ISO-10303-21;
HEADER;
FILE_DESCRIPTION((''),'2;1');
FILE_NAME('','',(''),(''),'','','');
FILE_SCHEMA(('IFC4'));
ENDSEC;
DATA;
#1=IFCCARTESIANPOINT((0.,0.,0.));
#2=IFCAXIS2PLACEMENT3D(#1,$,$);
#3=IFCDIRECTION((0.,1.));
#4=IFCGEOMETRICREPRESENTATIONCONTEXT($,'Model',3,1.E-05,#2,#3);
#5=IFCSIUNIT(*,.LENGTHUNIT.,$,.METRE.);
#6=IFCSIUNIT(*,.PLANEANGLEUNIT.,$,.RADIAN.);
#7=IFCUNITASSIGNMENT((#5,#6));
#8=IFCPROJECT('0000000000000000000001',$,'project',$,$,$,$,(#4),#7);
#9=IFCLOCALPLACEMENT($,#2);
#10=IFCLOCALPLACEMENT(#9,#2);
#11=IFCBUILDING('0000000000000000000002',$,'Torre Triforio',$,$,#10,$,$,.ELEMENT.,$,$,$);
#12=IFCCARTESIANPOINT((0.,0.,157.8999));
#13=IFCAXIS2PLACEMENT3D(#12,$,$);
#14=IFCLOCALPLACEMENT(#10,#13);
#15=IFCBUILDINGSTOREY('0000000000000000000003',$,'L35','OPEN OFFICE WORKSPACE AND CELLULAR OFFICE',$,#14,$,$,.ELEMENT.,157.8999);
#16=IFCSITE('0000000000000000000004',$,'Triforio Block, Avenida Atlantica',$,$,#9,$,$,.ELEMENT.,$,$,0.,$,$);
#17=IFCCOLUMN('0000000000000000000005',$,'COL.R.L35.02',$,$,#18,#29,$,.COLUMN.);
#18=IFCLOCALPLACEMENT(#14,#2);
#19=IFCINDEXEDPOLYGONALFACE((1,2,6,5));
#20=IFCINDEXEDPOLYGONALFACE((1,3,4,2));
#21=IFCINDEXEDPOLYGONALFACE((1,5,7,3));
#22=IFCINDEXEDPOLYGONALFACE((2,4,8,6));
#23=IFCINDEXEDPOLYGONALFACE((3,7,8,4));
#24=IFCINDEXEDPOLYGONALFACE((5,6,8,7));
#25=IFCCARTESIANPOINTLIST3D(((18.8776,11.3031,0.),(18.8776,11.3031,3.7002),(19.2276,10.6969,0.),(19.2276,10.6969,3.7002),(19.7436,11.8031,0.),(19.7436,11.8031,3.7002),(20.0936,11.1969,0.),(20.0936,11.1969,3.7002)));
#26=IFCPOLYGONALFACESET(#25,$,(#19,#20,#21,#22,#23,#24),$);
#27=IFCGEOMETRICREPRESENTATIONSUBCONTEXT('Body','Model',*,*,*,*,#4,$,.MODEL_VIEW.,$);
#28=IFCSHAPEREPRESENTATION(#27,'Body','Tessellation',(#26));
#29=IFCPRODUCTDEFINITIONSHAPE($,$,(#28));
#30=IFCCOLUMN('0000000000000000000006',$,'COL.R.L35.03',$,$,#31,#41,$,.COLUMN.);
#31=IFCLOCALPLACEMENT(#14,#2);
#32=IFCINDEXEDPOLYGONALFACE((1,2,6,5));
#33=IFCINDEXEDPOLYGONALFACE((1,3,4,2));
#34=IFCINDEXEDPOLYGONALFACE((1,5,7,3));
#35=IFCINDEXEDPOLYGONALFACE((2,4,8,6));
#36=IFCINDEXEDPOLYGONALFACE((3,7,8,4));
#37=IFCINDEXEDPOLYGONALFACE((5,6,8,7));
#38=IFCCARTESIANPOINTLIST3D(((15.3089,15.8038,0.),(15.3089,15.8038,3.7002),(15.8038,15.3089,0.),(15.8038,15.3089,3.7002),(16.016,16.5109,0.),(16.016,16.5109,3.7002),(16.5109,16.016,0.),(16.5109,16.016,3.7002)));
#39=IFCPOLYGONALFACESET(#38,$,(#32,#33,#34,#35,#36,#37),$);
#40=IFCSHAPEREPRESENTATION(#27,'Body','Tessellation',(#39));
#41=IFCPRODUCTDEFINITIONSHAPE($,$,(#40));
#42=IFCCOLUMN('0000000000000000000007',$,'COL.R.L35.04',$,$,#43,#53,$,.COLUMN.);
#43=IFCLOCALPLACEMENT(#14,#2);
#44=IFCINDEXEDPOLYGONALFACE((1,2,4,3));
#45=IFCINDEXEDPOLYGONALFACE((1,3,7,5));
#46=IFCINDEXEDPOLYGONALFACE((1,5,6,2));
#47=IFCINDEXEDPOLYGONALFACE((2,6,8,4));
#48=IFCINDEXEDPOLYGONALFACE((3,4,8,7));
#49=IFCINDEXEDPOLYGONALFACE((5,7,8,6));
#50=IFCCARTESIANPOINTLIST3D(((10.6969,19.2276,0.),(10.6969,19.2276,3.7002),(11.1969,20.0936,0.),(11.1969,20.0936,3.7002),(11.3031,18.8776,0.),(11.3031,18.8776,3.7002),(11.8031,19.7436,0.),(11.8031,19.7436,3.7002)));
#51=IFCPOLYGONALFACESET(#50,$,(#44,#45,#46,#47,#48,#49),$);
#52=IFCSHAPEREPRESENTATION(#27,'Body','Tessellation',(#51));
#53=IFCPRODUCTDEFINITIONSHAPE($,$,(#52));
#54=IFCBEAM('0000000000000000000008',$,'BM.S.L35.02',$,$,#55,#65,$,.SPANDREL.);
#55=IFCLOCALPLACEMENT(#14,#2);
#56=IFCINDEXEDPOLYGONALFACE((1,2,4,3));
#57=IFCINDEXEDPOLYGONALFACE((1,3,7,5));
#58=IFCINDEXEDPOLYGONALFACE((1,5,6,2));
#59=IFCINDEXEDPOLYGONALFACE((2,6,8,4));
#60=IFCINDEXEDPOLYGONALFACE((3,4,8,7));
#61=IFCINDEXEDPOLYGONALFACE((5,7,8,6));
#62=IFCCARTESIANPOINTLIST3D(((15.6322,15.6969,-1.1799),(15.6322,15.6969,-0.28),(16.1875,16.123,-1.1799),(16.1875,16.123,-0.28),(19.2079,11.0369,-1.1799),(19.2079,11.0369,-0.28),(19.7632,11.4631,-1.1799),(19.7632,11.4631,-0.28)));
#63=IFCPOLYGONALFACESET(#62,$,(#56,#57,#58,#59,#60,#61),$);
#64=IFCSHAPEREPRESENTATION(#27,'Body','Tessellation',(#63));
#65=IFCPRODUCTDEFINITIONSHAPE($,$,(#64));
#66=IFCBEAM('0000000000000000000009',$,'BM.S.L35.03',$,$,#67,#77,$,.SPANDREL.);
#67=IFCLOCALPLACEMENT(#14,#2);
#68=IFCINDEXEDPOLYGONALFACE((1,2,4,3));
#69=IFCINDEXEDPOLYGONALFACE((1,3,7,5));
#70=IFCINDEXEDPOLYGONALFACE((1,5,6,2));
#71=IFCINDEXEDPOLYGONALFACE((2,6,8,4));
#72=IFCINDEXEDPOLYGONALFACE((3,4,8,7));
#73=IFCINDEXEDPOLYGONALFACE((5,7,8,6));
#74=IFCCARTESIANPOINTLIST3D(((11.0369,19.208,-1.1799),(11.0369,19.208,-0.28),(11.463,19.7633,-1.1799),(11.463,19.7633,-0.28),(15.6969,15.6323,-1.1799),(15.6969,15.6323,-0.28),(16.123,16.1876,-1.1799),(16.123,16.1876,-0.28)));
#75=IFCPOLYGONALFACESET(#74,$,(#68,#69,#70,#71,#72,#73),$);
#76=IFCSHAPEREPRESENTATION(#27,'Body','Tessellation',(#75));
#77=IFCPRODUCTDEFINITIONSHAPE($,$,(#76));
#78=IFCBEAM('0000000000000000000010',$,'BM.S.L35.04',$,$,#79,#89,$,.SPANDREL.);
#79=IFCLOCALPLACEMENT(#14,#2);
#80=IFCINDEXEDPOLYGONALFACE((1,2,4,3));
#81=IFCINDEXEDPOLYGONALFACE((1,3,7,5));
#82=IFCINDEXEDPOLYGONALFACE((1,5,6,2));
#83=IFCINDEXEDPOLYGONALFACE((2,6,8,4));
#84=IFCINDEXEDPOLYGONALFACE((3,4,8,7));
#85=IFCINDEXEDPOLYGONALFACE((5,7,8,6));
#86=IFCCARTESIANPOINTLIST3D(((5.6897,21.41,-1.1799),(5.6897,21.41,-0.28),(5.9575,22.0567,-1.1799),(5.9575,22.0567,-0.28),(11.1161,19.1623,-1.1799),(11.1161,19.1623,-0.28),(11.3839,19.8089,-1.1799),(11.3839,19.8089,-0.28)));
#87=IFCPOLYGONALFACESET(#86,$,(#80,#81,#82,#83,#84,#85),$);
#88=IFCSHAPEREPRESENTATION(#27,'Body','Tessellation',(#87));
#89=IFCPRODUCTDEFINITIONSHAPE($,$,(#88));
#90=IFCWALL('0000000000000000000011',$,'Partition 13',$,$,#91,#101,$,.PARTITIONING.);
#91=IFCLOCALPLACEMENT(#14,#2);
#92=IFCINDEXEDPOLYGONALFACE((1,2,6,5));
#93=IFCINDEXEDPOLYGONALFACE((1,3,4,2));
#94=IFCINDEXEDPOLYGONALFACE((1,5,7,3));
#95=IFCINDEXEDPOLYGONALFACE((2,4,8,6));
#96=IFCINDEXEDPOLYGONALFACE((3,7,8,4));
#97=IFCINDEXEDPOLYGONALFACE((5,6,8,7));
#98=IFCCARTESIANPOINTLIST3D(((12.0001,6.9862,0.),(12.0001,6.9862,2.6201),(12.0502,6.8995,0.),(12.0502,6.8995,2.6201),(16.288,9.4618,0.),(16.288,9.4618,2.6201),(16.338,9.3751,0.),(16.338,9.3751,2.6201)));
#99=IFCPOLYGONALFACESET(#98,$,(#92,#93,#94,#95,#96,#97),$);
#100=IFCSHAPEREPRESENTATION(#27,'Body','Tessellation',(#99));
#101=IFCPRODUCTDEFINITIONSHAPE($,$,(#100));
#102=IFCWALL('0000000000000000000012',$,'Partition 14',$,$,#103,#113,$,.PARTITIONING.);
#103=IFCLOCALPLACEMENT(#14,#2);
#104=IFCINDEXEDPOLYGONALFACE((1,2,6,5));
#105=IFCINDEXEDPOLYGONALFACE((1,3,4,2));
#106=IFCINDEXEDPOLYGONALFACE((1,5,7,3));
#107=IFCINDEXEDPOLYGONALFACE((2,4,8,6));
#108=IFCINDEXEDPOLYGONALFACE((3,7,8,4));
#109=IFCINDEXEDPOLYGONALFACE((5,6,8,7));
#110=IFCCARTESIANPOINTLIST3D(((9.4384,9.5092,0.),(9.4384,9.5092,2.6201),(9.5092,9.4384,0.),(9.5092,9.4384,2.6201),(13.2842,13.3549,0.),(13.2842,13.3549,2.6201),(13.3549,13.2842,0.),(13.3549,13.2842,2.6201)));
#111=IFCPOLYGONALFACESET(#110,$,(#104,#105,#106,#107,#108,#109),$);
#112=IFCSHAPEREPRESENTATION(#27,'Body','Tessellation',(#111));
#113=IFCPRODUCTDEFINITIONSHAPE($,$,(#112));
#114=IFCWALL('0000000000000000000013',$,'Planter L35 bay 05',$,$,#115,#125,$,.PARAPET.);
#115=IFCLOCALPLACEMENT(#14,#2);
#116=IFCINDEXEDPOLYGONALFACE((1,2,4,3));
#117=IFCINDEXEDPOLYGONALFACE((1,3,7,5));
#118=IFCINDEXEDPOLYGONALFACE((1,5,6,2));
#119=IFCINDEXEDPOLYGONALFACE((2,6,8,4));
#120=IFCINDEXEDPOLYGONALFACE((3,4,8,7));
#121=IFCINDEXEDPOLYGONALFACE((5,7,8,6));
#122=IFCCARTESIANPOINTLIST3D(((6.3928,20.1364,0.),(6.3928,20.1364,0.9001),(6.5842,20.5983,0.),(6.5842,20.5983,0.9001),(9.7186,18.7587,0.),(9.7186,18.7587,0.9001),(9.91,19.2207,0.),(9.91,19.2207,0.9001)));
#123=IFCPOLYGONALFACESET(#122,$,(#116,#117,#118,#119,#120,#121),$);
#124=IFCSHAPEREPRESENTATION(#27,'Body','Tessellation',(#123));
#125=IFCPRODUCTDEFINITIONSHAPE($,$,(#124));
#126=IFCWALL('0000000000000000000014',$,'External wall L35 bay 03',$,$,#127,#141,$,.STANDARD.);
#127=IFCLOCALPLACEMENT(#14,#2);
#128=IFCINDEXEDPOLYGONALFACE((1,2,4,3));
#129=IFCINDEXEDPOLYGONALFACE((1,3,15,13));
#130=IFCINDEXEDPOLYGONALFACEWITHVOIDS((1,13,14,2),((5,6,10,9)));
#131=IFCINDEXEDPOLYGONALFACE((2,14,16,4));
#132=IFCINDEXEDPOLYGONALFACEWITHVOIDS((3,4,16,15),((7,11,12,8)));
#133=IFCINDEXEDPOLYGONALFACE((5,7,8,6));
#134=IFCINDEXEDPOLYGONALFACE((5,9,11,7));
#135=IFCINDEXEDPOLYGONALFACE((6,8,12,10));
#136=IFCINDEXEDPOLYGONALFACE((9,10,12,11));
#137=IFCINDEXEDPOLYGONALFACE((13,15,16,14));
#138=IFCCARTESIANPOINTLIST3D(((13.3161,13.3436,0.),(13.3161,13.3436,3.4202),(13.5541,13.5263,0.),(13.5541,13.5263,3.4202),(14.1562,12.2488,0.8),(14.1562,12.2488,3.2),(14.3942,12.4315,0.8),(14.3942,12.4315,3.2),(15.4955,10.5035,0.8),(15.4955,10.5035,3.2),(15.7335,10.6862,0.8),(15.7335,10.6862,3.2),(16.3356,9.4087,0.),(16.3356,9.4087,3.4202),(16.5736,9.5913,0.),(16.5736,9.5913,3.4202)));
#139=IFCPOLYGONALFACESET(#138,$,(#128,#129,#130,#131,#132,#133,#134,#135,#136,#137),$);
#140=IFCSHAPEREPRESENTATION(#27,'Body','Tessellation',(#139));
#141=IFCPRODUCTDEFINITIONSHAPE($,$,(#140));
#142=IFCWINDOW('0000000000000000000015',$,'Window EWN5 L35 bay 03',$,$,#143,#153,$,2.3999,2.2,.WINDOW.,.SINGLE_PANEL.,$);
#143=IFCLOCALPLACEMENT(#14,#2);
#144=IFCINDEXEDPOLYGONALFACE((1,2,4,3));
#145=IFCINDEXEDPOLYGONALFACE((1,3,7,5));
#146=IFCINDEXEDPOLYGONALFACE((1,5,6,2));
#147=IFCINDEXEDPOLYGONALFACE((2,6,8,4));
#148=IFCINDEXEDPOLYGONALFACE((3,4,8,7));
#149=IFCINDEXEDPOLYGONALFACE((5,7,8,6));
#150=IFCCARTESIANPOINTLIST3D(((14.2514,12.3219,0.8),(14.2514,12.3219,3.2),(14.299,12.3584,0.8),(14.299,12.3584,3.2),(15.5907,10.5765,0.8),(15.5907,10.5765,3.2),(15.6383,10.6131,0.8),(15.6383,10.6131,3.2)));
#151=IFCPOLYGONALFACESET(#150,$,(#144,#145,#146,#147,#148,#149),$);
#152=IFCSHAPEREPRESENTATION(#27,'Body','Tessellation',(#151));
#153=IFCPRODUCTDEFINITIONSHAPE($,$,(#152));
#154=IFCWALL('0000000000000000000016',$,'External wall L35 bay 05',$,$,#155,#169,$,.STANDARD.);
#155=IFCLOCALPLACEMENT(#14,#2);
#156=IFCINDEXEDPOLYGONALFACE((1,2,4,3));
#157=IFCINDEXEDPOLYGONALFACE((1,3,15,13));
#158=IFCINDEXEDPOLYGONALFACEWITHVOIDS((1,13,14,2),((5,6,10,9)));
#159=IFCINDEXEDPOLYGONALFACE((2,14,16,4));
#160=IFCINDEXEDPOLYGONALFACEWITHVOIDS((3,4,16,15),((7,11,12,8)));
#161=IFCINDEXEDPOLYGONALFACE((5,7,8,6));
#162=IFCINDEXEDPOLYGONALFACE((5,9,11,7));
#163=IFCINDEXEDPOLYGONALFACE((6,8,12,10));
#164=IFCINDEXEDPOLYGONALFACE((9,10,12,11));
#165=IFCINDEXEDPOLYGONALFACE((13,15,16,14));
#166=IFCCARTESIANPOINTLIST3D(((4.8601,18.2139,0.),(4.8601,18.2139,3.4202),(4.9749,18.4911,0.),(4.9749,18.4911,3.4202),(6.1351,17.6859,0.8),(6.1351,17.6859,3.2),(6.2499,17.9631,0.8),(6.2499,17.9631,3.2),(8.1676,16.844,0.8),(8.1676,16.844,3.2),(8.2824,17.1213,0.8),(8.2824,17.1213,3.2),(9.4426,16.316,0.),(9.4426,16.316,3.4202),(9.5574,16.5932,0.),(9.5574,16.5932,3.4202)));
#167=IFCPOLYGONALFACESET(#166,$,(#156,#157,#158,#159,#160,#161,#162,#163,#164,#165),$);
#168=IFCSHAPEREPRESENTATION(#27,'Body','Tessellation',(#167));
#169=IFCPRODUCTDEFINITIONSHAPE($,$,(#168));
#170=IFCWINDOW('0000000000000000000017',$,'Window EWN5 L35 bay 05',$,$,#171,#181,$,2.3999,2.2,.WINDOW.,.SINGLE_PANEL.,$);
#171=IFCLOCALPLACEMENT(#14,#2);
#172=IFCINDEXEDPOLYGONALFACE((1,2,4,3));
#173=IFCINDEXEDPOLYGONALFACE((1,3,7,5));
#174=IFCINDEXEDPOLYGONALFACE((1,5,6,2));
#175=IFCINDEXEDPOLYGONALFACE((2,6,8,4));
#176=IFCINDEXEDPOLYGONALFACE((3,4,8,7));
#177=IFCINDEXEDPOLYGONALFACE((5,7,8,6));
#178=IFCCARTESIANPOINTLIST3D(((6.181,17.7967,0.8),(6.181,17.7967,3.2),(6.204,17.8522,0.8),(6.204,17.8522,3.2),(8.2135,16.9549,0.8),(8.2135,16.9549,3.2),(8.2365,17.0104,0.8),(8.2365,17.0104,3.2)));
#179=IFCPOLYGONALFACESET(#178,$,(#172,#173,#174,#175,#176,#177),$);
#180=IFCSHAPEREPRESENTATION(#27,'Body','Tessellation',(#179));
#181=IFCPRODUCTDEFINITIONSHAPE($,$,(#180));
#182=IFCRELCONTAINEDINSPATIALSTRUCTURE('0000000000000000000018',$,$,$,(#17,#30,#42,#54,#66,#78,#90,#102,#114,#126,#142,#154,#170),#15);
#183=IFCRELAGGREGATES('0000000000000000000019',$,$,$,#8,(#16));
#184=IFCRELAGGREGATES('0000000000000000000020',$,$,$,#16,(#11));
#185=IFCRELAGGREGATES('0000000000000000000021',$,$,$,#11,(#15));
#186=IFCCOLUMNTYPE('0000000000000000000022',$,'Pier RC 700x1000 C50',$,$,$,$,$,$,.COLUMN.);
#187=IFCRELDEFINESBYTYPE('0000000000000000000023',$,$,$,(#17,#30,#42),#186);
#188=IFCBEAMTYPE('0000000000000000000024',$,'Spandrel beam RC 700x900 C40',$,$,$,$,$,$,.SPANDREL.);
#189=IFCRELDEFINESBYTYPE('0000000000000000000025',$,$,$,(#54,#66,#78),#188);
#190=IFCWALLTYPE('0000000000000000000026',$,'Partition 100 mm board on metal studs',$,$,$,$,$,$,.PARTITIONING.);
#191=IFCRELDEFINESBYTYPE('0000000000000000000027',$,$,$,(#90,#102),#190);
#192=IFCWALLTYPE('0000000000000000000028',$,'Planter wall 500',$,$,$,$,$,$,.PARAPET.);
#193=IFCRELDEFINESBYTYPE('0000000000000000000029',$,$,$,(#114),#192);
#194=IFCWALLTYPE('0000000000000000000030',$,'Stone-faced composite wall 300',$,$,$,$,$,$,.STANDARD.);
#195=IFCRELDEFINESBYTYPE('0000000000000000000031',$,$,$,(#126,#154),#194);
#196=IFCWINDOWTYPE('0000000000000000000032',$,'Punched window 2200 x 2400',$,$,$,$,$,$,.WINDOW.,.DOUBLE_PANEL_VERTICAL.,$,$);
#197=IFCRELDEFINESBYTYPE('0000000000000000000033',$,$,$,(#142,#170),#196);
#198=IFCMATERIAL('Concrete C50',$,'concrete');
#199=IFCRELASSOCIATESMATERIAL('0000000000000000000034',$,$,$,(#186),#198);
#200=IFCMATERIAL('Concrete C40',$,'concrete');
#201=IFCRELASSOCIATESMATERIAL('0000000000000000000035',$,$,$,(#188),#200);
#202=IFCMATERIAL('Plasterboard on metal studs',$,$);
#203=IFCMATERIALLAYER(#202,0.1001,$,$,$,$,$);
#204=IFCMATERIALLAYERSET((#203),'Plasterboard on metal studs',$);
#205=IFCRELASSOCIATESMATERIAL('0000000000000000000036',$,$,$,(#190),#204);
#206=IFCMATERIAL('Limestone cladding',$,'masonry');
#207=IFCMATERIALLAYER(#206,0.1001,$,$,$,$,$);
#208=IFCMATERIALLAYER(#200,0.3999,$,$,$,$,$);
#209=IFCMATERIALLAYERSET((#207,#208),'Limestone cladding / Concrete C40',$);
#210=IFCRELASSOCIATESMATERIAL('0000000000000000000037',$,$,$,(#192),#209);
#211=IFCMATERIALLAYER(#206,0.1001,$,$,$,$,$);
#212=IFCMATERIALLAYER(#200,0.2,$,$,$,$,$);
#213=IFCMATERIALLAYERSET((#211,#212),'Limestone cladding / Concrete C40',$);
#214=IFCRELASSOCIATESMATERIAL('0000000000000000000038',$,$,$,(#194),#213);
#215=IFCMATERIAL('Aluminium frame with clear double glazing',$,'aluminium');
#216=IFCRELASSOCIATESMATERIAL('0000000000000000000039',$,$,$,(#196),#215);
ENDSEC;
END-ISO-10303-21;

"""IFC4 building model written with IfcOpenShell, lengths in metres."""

from ifc_helpers import new_model, si_unit, direction, frame, frame_2d, origin, origin_2d, place, context, subcontext, project, spatial, rectangle, extrude, material, layer, layer_set, material_profile, profile_set, type_object, element, fill, save


model = new_model("IFC4")

# Units and contexts
model_context = context("Model", 3, precision=1e-05, world=origin(), true_north=direction((0.0, 1.0)))
body_context = subcontext(model_context, "Body", "Model", "MODEL_VIEW")
ifc_project = project(units=[si_unit("LENGTHUNIT", "METRE"), si_unit("PLANEANGLEUNIT", "RADIAN")], contexts=[model_context])

# Site, building, storey
site_placement = place(None, origin())
site = spatial("IfcSite", under=ifc_project, at=site_placement, Name="Triforio Block, Avenida Atlantica", CompositionType="ELEMENT", RefElevation=0.0)
building_placement = place(site_placement, origin())
building = spatial("IfcBuilding", under=site, at=building_placement, Name="Torre Triforio", CompositionType="ELEMENT")
storey_placement = place(building_placement, frame((0.0, 0.0, 157.8999)))
storey = spatial("IfcBuildingStorey", under=building, at=storey_placement, Name="L35", Description="OPEN OFFICE WORKSPACE AND CELLULAR OFFICE", CompositionType="ELEMENT", Elevation=157.8999)

# Columns
ifc_material_1 = material(Name="Concrete C50", Category="concrete")
ifc_material_profile_1 = material_profile(ifc_material_1, rectangle(XDim=0.7, YDim=1.0, at=origin_2d()), Name="RC 700x1000")
ifc_profile_set_1 = profile_set([ifc_material_profile_1], Name="Concrete C50")
column_type = type_object("IfcColumnType", Name="Pier RC 700x1000 C50", PredefinedType="COLUMN", material=ifc_profile_set_1)
for number, where, z_axis, x_axis, name in (
    (1, (19.4856, 11.25, 0.0), (0.0, 0.0, 1.0), (-0.5, 0.866025, 0.0), "COL.R.L35.02"),
    (2, (15.9099, 15.9099, 0.0), (0.0, 0.0, 1.0), (-0.707107, 0.707107, 0.0), "COL.R.L35.03"),
    (3, (11.25, 19.4856, 0.0), (0.0, 0.0, 1.0), (-0.866025, 0.5, 0.0), "COL.R.L35.04"),
):
    element("IfcColumn", number, at=place(storey_placement, frame(where, z_axis=z_axis, x_axis=x_axis)), inside=storey, type_object=column_type, Name=name, PredefinedType="COLUMN", context=body_context, shape_type="SweptSolid", body=[
        extrude(rectangle(XDim=0.7, YDim=1.0, at=origin_2d()), origin(), (0.0, 0.0, 1.0), 3.7002),
    ])

# Beams
ifc_material_2 = material(Name="Concrete C40", Category="concrete")
ifc_material_profile_2 = material_profile(ifc_material_2, rectangle(XDim=0.7, YDim=0.8999, at=origin_2d()), Name="RC 700x900")
ifc_profile_set_2 = profile_set([ifc_material_profile_2], Name="Concrete C40")
beam_type = type_object("IfcBeamType", Name="Spandrel beam RC 700x900 C40", PredefinedType="SPANDREL", material=ifc_profile_set_2)
for number, where, z_axis, x_axis, name in (
    (4, (19.4856, 11.25, -0.73), (-0.608762, 0.793353, 0.0), (-0.793353, -0.608762, 0.0), "BM.S.L35.02"),
    (5, (15.9099, 15.9099, -0.73), (-0.793353, 0.608762, 0.0), (-0.608762, -0.793353, 0.0), "BM.S.L35.03"),
):
    element("IfcBeam", number, at=place(storey_placement, frame(where, z_axis=z_axis, x_axis=x_axis)), inside=storey, type_object=beam_type, Name=name, PredefinedType="SPANDREL", context=body_context, shape_type="SweptSolid", body=[
        extrude(rectangle(XDim=0.7, YDim=0.8999, at=origin_2d()), origin(), (0.0, 0.0, 1.0), 5.8738),
    ])
beam_placement = place(storey_placement, frame((11.25, 19.4856, -0.73), z_axis=(-0.923875, 0.382693, 0.0), x_axis=(-0.382693, -0.923875, 0.0)))
element("IfcBeam", 6, at=beam_placement, inside=storey, type_object=beam_type, Name="BM.S.L35.04", PredefinedType="SPANDREL", context=body_context, shape_type="SweptSolid", body=[
    extrude(rectangle(XDim=0.7, YDim=0.8999, at=origin_2d()), origin(), (0.0, 0.0, 1.0), 5.8735),
])

# Walls
ifc_material_3 = material(Name="Plasterboard on metal studs")
ifc_layer_1 = layer(ifc_material_3, 0.1001)
ifc_layer_set_1 = layer_set([ifc_layer_1], Name="Plasterboard on metal studs")
wall_type_1 = type_object("IfcWallType", Name="Partition 100 mm board on metal studs", PredefinedType="PARTITIONING", material=ifc_layer_set_1)
wall_1_placement = place(storey_placement, frame((12.0251, 6.9429, 0.0), z_axis=(0.0, 0.0, 1.0), x_axis=(0.866025, 0.5, 0.0)))
element("IfcWall", 7, at=wall_1_placement, inside=storey, type_object=wall_type_1, Name="Partition 13", PredefinedType="PARTITIONING", context=body_context, shape_type="SweptSolid", body=[
    extrude(rectangle(XDim=4.9512, YDim=0.1001, at=frame_2d((2.4756, 0.0))), origin(), (0.0, 0.0, 1.0), 2.6201),
])
wall_2_placement = place(storey_placement, frame((9.4739, 9.4739, 0.0), z_axis=(0.0, 0.0, 1.0), x_axis=(0.707107, 0.707107, 0.0)))
element("IfcWall", 8, at=wall_2_placement, inside=storey, type_object=wall_type_1, Name="Partition 14", PredefinedType="PARTITIONING", context=body_context, shape_type="SweptSolid", body=[
    extrude(rectangle(XDim=5.4387, YDim=0.1001, at=frame_2d((2.7192, 0.0))), origin(), (0.0, 0.0, 1.0), 2.6201),
])
ifc_material_4 = material(Name="Limestone cladding", Category="masonry")
ifc_layer_2 = layer(ifc_material_4, 0.1001)
ifc_layer_3 = layer(ifc_material_2, 0.3999)
ifc_layer_set_2 = layer_set([ifc_layer_2, ifc_layer_3], Name="Limestone cladding / Concrete C40")
wall_type_2 = type_object("IfcWallType", Name="Planter wall 500", PredefinedType="PARAPET", material=ifc_layer_set_2)
wall_3_placement = place(storey_placement, frame((9.8142, 18.9897, 0.0), z_axis=(0.0, 0.0, 1.0), x_axis=(-0.923875, 0.382693, 0.0)))
element("IfcWall", 9, at=wall_3_placement, inside=storey, type_object=wall_type_2, Name="Planter L35 bay 05", PredefinedType="PARAPET", context=body_context, shape_type="SweptSolid", body=[
    extrude(rectangle(XDim=3.5999, YDim=0.5, at=frame_2d((1.7998, 0.0))), origin(), (0.0, 0.0, 1.0), 0.9001),
])

# Wall, opening, window
ifc_layer_4 = layer(ifc_material_4, 0.1001)
ifc_layer_5 = layer(ifc_material_2, 0.2)
ifc_layer_set_3 = layer_set([ifc_layer_4, ifc_layer_5], Name="Limestone cladding / Concrete C40")
wall_type_3 = type_object("IfcWallType", Name="Stone-faced composite wall 300", PredefinedType="STANDARD", material=ifc_layer_set_3)
wall_4_placement = place(storey_placement, frame((16.4546, 9.5, 0.0), z_axis=(0.0, 0.0, 1.0), x_axis=(-0.608768, 0.793348, 0.0)))
wall_4 = element("IfcWall", 10, at=wall_4_placement, inside=storey, type_object=wall_type_3, Name="External wall L35 bay 03", PredefinedType="STANDARD", context=body_context, shape_type="SweptSolid", body=[
    extrude(rectangle(XDim=4.96, YDim=0.3, at=frame_2d((2.48, 0.0))), origin(), (0.0, 0.0, 1.0), 3.4202),
])
opening_1_placement = place(wall_4_placement, frame((1.3799, 0.0, 0.8)))
opening_1 = element("IfcOpeningElement", 11, at=opening_1_placement, cuts=wall_4, PredefinedType="OPENING", context=body_context, shape_type="SweptSolid", body=[
    extrude(rectangle(XDim=2.2, YDim=2.3999, at=frame_2d((1.1001, 1.2))), frame((0.0, 0.1599, 0.0), z_axis=(0.0, -1.0, 0.0), x_axis=(1.0, 0.0, 0.0)), (0.0, 0.0, 1.0), 0.3201),
])
ifc_material_5 = material(Name="Aluminium frame with clear double glazing", Category="aluminium")
window_type_1 = type_object("IfcWindowType", Name="Punched window 2200 x 2400", PartitioningType="DOUBLE_PANEL_VERTICAL", PredefinedType="WINDOW", material=ifc_material_5)
window_1_placement = place(opening_1_placement, origin())
window_1 = element("IfcWindow", 12, at=window_1_placement, inside=storey, type_object=window_type_1, Name="Window EWN5 L35 bay 03", OverallHeight=2.3999, OverallWidth=2.2, PartitioningType="SINGLE_PANEL", PredefinedType="WINDOW", context=body_context, shape_type="SweptSolid", body=[
    extrude(rectangle(XDim=2.2, YDim=2.3999, at=frame_2d((1.1001, 1.2))), frame((0.0, 0.03, 0.0), z_axis=(0.0, -1.0, 0.0), x_axis=(1.0, 0.0, 0.0)), (0.0, 0.0, 1.0), 0.0601),
])
fill(opening_1, window_1)

# Wall, opening, window
wall_5_placement = place(storey_placement, frame((9.5, 16.4546, 0.0), z_axis=(0.0, 0.0, 1.0), x_axis=(-0.923893, 0.38265, 0.0)))
wall_5 = element("IfcWall", 13, at=wall_5_placement, inside=storey, type_object=wall_type_3, Name="External wall L35 bay 05", PredefinedType="STANDARD", context=body_context, shape_type="SweptSolid", body=[
    extrude(rectangle(XDim=4.96, YDim=0.3, at=frame_2d((2.48, 0.0))), origin(), (0.0, 0.0, 1.0), 3.4202),
])
opening_2_placement = place(wall_5_placement, frame((1.3799, 0.0, 0.8)))
opening_2 = element("IfcOpeningElement", 14, at=opening_2_placement, cuts=wall_5, PredefinedType="OPENING", context=body_context, shape_type="SweptSolid", body=[
    extrude(rectangle(XDim=2.2, YDim=2.3999, at=frame_2d((1.1001, 1.2))), frame((0.0, 0.1599, 0.0), z_axis=(0.0, -1.0, 0.0), x_axis=(1.0, 0.0, 0.0)), (0.0, 0.0, 1.0), 0.3201),
])
window_2_placement = place(opening_2_placement, origin())
window_2 = element("IfcWindow", 15, at=window_2_placement, inside=storey, type_object=window_type_1, Name="Window EWN5 L35 bay 05", OverallHeight=2.3999, OverallWidth=2.2, PartitioningType="SINGLE_PANEL", PredefinedType="WINDOW", context=body_context, shape_type="SweptSolid", body=[
    extrude(rectangle(XDim=2.2, YDim=2.3999, at=frame_2d((1.1001, 1.2))), frame((0.0, 0.03, 0.0), z_axis=(0.0, -1.0, 0.0), x_axis=(1.0, 0.0, 0.0)), (0.0, 0.0, 1.0), 0.0601),
])
fill(opening_2, window_2)

save(model, "model.ifc")
